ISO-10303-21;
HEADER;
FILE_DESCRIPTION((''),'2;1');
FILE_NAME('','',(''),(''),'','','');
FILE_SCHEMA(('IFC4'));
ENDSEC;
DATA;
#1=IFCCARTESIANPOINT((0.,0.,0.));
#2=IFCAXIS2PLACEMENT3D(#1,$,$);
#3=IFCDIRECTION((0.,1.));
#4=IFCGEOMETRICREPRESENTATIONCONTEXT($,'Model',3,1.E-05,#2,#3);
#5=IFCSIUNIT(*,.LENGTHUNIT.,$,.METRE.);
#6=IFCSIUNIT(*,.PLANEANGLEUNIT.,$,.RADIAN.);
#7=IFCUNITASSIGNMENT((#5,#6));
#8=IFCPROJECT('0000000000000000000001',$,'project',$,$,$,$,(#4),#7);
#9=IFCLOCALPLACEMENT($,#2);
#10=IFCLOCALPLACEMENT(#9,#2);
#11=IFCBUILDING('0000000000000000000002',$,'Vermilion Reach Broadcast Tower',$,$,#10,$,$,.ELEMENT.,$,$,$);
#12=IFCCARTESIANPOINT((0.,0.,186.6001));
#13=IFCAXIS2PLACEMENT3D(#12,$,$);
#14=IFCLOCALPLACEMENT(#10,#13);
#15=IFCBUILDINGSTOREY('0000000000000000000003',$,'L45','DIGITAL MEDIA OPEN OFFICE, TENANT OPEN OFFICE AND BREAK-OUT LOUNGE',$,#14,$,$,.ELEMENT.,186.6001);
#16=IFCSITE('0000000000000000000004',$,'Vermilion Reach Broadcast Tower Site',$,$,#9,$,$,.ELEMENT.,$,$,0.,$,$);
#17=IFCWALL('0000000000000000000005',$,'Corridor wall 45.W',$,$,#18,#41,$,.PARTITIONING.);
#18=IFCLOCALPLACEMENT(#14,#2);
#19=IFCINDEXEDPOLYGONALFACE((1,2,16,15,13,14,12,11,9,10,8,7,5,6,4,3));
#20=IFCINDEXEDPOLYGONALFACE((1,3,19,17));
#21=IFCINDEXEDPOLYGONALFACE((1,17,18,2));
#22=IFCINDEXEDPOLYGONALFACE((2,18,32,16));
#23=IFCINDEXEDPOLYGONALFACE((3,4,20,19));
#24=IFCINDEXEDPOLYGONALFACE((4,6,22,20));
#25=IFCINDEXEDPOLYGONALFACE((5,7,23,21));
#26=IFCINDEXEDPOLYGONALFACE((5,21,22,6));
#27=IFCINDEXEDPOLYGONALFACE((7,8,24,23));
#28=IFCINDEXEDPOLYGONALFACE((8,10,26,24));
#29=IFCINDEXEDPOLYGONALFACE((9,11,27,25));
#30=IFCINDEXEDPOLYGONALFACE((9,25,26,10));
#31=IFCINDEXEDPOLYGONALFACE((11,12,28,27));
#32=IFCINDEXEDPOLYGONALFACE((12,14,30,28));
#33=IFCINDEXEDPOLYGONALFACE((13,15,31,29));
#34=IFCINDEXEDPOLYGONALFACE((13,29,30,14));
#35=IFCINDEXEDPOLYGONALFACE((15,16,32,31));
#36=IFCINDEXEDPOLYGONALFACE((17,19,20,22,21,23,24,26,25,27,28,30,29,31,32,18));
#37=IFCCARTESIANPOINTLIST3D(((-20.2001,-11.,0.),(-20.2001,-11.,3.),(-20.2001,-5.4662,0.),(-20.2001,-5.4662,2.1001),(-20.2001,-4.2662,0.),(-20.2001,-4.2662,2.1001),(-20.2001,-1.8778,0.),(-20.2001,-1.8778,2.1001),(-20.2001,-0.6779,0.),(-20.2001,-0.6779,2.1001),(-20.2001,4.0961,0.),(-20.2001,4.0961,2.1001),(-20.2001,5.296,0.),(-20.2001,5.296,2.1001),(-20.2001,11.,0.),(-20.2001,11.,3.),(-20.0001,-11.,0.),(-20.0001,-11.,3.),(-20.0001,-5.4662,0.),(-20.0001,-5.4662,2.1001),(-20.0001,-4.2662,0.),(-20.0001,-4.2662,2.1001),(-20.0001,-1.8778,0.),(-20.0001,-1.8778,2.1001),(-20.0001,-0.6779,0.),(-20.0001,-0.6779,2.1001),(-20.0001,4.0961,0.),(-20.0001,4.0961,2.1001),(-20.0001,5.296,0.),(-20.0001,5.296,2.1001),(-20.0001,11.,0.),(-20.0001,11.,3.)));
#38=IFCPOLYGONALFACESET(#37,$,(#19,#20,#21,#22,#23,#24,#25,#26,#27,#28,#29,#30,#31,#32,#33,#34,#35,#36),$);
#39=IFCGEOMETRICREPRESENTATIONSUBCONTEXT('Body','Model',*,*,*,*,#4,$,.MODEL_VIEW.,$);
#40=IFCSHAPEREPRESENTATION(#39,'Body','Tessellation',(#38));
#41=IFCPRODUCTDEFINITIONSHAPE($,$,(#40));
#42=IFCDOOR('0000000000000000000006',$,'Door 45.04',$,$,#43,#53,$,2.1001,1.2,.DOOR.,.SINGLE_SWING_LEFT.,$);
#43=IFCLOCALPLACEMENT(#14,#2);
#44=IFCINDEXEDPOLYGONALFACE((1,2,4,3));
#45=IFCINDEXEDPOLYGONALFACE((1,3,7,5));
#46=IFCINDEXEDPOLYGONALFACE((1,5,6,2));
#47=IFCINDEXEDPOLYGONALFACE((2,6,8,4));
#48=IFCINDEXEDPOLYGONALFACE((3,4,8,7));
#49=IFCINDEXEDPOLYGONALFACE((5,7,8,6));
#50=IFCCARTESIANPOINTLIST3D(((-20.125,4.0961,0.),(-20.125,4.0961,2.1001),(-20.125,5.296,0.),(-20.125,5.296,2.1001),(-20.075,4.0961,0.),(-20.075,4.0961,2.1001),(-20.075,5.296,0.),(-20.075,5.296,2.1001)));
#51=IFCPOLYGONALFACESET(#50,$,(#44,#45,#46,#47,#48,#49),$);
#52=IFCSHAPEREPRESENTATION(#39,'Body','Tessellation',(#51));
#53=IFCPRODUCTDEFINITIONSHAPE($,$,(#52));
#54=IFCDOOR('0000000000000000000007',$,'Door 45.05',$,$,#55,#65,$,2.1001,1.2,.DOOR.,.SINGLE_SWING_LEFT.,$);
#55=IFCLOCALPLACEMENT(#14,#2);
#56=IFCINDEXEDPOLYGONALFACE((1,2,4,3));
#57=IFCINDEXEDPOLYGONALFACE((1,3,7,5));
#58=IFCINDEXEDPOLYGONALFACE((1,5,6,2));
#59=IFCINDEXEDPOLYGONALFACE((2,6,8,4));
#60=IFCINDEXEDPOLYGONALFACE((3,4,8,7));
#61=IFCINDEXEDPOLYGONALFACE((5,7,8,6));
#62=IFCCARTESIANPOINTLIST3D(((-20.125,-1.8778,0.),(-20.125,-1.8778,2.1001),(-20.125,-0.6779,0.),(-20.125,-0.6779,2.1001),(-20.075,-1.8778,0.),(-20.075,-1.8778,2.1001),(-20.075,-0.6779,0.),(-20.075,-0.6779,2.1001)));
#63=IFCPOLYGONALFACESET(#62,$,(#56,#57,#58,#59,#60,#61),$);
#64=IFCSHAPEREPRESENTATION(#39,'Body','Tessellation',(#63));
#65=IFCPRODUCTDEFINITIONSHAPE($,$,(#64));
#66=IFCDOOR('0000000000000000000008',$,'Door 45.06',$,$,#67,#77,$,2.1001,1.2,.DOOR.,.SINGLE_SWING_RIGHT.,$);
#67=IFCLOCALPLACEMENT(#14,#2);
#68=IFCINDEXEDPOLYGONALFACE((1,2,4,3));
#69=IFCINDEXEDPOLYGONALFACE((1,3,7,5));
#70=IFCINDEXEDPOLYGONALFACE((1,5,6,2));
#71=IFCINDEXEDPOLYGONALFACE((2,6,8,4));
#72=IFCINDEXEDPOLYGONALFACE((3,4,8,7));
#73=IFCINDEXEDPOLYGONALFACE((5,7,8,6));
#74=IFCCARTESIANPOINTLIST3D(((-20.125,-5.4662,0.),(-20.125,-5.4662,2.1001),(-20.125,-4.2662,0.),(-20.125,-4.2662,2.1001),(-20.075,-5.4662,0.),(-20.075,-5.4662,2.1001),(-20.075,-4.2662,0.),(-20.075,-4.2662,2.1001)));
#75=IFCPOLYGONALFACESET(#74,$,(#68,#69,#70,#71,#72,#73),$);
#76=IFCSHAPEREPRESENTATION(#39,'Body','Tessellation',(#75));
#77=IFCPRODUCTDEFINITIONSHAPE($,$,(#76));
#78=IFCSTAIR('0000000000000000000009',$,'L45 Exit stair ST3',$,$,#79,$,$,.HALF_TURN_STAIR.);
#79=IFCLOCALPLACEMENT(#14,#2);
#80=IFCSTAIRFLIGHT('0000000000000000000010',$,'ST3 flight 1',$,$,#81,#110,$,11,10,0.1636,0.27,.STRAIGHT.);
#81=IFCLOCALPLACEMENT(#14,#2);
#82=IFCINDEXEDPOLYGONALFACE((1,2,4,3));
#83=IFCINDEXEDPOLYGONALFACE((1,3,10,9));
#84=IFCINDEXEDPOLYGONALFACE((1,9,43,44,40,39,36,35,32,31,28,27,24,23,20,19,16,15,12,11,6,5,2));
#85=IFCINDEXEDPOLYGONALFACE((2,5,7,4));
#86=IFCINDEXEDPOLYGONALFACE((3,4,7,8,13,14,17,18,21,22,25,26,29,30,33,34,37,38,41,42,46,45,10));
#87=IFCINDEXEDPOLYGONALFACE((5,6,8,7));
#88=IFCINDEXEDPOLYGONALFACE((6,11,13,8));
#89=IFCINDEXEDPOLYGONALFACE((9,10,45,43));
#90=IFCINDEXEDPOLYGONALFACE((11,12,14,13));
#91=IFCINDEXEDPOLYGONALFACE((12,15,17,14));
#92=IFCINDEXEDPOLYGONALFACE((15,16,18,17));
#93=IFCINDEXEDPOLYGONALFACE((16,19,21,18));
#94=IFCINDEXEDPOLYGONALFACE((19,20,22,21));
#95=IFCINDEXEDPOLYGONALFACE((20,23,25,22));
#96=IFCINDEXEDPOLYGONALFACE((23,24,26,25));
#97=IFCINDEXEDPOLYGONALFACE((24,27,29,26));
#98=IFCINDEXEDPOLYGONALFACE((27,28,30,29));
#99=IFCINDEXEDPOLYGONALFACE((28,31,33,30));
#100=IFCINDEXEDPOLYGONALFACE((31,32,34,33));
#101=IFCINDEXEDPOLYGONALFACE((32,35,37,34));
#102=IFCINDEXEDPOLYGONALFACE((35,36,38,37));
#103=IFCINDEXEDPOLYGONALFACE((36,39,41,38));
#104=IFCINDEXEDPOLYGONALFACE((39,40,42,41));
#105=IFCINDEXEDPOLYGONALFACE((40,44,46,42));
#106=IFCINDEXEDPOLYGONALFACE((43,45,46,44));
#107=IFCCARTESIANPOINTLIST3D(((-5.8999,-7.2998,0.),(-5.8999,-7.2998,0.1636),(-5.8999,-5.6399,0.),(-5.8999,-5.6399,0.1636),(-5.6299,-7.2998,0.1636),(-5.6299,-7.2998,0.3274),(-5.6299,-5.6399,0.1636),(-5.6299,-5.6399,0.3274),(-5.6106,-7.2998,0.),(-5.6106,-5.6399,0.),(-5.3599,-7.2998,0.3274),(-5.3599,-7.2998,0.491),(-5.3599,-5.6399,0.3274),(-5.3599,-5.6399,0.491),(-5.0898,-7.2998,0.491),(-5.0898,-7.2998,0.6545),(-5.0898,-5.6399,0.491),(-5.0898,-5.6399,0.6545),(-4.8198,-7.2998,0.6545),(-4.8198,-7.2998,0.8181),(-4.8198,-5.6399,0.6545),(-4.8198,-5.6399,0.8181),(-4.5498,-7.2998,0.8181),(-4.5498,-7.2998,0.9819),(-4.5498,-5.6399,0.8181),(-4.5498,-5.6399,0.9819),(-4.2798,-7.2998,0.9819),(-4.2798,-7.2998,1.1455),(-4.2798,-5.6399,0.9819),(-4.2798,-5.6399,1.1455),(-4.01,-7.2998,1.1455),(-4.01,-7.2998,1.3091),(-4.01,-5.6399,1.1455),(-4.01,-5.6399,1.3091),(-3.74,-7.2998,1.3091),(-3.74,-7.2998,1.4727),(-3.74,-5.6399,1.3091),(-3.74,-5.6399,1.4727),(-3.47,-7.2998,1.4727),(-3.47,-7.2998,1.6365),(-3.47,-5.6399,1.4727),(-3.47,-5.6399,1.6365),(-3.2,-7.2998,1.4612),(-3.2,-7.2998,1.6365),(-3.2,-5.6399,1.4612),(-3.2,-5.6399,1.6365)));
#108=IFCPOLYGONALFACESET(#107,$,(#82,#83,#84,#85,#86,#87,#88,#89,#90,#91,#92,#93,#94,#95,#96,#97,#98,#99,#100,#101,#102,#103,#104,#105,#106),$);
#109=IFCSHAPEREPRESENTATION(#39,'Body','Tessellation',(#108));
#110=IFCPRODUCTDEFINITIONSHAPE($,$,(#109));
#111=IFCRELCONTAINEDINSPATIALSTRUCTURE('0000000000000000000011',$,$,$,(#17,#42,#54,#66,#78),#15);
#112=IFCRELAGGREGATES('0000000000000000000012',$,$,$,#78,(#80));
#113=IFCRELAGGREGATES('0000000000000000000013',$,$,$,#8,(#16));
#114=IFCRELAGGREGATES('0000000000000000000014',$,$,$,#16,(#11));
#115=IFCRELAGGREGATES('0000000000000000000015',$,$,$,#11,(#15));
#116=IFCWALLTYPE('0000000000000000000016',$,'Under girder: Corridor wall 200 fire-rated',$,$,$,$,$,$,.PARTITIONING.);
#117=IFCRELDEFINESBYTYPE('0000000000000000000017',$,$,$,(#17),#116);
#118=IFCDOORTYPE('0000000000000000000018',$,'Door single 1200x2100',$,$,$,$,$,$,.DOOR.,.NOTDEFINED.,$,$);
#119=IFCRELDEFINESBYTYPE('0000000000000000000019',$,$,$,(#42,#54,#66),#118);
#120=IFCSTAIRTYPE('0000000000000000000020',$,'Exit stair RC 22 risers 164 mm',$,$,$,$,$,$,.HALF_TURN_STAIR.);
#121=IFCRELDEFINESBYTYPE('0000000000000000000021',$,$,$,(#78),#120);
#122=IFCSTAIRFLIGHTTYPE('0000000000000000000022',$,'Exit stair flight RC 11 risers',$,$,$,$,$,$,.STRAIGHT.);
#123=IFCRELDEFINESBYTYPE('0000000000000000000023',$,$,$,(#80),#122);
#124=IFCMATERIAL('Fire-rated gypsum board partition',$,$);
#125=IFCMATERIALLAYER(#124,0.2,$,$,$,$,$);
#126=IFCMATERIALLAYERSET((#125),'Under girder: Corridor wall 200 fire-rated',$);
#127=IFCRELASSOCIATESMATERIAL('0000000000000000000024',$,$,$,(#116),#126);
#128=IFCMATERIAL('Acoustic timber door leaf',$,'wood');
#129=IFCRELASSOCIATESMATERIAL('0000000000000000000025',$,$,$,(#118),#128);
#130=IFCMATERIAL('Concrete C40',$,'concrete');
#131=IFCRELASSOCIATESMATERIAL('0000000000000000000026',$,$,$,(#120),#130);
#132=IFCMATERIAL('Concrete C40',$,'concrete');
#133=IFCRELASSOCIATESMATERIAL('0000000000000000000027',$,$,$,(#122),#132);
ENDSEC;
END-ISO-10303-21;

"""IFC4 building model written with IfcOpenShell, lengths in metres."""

from ifc_helpers import new_model, si_unit, direction, frame, frame_2d, origin, place, context, subcontext, project, spatial, polyline, rectangle, outline, extrude, material, layer, layer_set, type_object, element, fill, aggregate, save


model = new_model("IFC4")

# Units and contexts
model_context = context("Model", 3, precision=1e-05, world=origin(), true_north=direction((0.0, 1.0)))
body_context = subcontext(model_context, "Body", "Model", "MODEL_VIEW")
ifc_project = project(units=[si_unit("LENGTHUNIT", "METRE"), si_unit("PLANEANGLEUNIT", "RADIAN")], contexts=[model_context])

# Site, building, storey
site_placement = place(None, origin())
site = spatial("IfcSite", under=ifc_project, at=site_placement, Name="Vermilion Reach Broadcast Tower Site", CompositionType="ELEMENT", RefElevation=0.0)
building_placement = place(site_placement, origin())
building = spatial("IfcBuilding", under=site, at=building_placement, Name="Vermilion Reach Broadcast Tower", CompositionType="ELEMENT")
storey_placement = place(building_placement, frame((0.0, 0.0, 186.6001)))
storey = spatial("IfcBuildingStorey", under=building, at=storey_placement, Name="L45", Description="DIGITAL MEDIA OPEN OFFICE, TENANT OPEN OFFICE AND BREAK-OUT LOUNGE", CompositionType="ELEMENT", Elevation=186.6001)

# Wall, openings, doors
ifc_material_1 = material(Name="Fire-rated gypsum board partition")
ifc_layer_1 = layer(ifc_material_1, 0.2)
ifc_layer_set_1 = layer_set([ifc_layer_1], Name="Under girder: Corridor wall 200 fire-rated")
wall_type_1 = type_object("IfcWallType", Name="Under girder: Corridor wall 200 fire-rated", PredefinedType="PARTITIONING", material=ifc_layer_set_1)
wall_1_placement = place(storey_placement, frame((-20.1001, -11.0, 0.0), z_axis=(0.0, 0.0, 1.0), x_axis=(0.0, 1.0, 0.0)))
wall_1 = element("IfcWall", 1, at=wall_1_placement, inside=storey, type_object=wall_type_1, Name="Corridor wall 45.W", PredefinedType="PARTITIONING", context=body_context, shape_type="SweptSolid", body=[
    extrude(rectangle(XDim=22.0, YDim=0.2, at=frame_2d((11.0, 0.0))), origin(), (0.0, 0.0, 1.0), 3.0),
])
opening_1_placement = place(wall_1_placement, frame((15.0959, 0.0, 0.0)))
opening_1 = element("IfcOpeningElement", 2, at=opening_1_placement, cuts=wall_1, PredefinedType="OPENING", context=body_context, shape_type="SweptSolid", body=[
    extrude(rectangle(XDim=1.2, YDim=2.1001, at=frame_2d((0.6001, 1.05))), frame((0.0, 0.1099, 0.0), z_axis=(0.0, -1.0, 0.0), x_axis=(1.0, 0.0, 0.0)), (0.0, 0.0, 1.0), 0.22),
])
opening_2_placement = place(wall_1_placement, frame((9.1221, 0.0, 0.0)))
opening_2 = element("IfcOpeningElement", 3, at=opening_2_placement, cuts=wall_1, PredefinedType="OPENING", context=body_context, shape_type="SweptSolid", body=[
    extrude(rectangle(XDim=1.2, YDim=2.1001, at=frame_2d((0.6001, 1.05))), frame((0.0, 0.1099, 0.0), z_axis=(0.0, -1.0, 0.0), x_axis=(1.0, 0.0, 0.0)), (0.0, 0.0, 1.0), 0.22),
])
opening_3_placement = place(wall_1_placement, frame((5.5337, 0.0, 0.0)))
opening_3 = element("IfcOpeningElement", 4, at=opening_3_placement, cuts=wall_1, PredefinedType="OPENING", context=body_context, shape_type="SweptSolid", body=[
    extrude(rectangle(XDim=1.2, YDim=2.1001, at=frame_2d((0.6001, 1.05))), frame((0.0, 0.1099, 0.0), z_axis=(0.0, -1.0, 0.0), x_axis=(1.0, 0.0, 0.0)), (0.0, 0.0, 1.0), 0.22),
])
ifc_material_2 = material(Name="Acoustic timber door leaf", Category="wood")
door_type_1 = type_object("IfcDoorType", Name="Door single 1200x2100", OperationType="NOTDEFINED", PredefinedType="DOOR", material=ifc_material_2)
door_1_placement = place(opening_1_placement, origin())
door_1 = element("IfcDoor", 5, at=door_1_placement, inside=storey, type_object=door_type_1, Name="Door 45.04", OperationType="SINGLE_SWING_LEFT", OverallHeight=2.1001, OverallWidth=1.2, PredefinedType="DOOR", context=body_context, shape_type="SweptSolid", body=[
    extrude(rectangle(XDim=1.2, YDim=2.1001, at=frame_2d((0.6001, 1.05))), frame((0.0, 0.0249, 0.0), z_axis=(0.0, -1.0, 0.0), x_axis=(1.0, 0.0, 0.0)), (0.0, 0.0, 1.0), 0.05),
])
fill(opening_1, door_1)
door_2_placement = place(opening_2_placement, origin())
door_2 = element("IfcDoor", 6, at=door_2_placement, inside=storey, type_object=door_type_1, Name="Door 45.05", OperationType="SINGLE_SWING_LEFT", OverallHeight=2.1001, OverallWidth=1.2, PredefinedType="DOOR", context=body_context, shape_type="SweptSolid", body=[
    extrude(rectangle(XDim=1.2, YDim=2.1001, at=frame_2d((0.6001, 1.05))), frame((0.0, 0.0249, 0.0), z_axis=(0.0, -1.0, 0.0), x_axis=(1.0, 0.0, 0.0)), (0.0, 0.0, 1.0), 0.05),
])
fill(opening_2, door_2)
door_3_placement = place(opening_3_placement, origin())
door_3 = element("IfcDoor", 7, at=door_3_placement, inside=storey, type_object=door_type_1, Name="Door 45.06", OperationType="SINGLE_SWING_RIGHT", OverallHeight=2.1001, OverallWidth=1.2, PredefinedType="DOOR", context=body_context, shape_type="SweptSolid", body=[
    extrude(rectangle(XDim=1.2, YDim=2.1001, at=frame_2d((0.6001, 1.05))), frame((0.0, 0.0249, 0.0), z_axis=(0.0, -1.0, 0.0), x_axis=(1.0, 0.0, 0.0)), (0.0, 0.0, 1.0), 0.05),
])
fill(opening_3, door_3)

# Stair, stair flight
ifc_material_3 = material(Name="Concrete C40", Category="concrete")
stair_type = type_object("IfcStairType", Name="Exit stair RC 22 risers 164 mm", PredefinedType="HALF_TURN_STAIR", material=ifc_material_3)
stair_placement = place(storey_placement, origin())
stair = element("IfcStair", 8, at=stair_placement, inside=storey, type_object=stair_type, Name="L45 Exit stair ST3", PredefinedType="HALF_TURN_STAIR")
ifc_material_4 = material(Name="Concrete C40", Category="concrete")
stair_flight_type = type_object("IfcStairFlightType", Name="Exit stair flight RC 11 risers", PredefinedType="STRAIGHT", material=ifc_material_4)
stair_flight_placement = place(storey_placement, frame((-5.8999, -6.47, 0.0), z_axis=(0.0, 0.0, 1.0), x_axis=(1.0, 0.0, 0.0)))
stair_flight = element("IfcStairFlight", 9, at=stair_flight_placement, type_object=stair_flight_type, Name="ST3 flight 1", NumberOfRisers=11, NumberOfTreads=10, PredefinedType="STRAIGHT", RiserHeight=0.1636, TreadLength=0.27, context=body_context, shape_type="SweptSolid", body=[
    extrude(outline(polyline([(0.0, 0.0), (0.0, 0.1636), (0.27, 0.1636), (0.27, 0.3274), (0.54, 0.3274), (0.54, 0.491), (0.8101, 0.491), (0.8101, 0.6545), (1.0801, 0.6545), (1.0801, 0.8181), (1.3501, 0.8181), (1.3501, 0.9819), (1.6201, 0.9819), (1.6201, 1.1455), (1.8899, 1.1455), (1.8899, 1.3091), (2.1599, 1.3091), (2.1599, 1.4727), (2.4299, 1.4727), (2.4299, 1.6365), (2.7, 1.6365), (2.7, 1.8), (2.7, 1.4612), (0.2893, 0.0), (0.0, 0.0)])), frame((0.0, 0.8301, 0.0), z_axis=(0.0, -1.0, 0.0), x_axis=(1.0, 0.0, 0.0)), (0.0, 0.0, 1.0), 1.6599),
])
aggregate(stair, [stair_flight])

save(model, "model.ifc")
